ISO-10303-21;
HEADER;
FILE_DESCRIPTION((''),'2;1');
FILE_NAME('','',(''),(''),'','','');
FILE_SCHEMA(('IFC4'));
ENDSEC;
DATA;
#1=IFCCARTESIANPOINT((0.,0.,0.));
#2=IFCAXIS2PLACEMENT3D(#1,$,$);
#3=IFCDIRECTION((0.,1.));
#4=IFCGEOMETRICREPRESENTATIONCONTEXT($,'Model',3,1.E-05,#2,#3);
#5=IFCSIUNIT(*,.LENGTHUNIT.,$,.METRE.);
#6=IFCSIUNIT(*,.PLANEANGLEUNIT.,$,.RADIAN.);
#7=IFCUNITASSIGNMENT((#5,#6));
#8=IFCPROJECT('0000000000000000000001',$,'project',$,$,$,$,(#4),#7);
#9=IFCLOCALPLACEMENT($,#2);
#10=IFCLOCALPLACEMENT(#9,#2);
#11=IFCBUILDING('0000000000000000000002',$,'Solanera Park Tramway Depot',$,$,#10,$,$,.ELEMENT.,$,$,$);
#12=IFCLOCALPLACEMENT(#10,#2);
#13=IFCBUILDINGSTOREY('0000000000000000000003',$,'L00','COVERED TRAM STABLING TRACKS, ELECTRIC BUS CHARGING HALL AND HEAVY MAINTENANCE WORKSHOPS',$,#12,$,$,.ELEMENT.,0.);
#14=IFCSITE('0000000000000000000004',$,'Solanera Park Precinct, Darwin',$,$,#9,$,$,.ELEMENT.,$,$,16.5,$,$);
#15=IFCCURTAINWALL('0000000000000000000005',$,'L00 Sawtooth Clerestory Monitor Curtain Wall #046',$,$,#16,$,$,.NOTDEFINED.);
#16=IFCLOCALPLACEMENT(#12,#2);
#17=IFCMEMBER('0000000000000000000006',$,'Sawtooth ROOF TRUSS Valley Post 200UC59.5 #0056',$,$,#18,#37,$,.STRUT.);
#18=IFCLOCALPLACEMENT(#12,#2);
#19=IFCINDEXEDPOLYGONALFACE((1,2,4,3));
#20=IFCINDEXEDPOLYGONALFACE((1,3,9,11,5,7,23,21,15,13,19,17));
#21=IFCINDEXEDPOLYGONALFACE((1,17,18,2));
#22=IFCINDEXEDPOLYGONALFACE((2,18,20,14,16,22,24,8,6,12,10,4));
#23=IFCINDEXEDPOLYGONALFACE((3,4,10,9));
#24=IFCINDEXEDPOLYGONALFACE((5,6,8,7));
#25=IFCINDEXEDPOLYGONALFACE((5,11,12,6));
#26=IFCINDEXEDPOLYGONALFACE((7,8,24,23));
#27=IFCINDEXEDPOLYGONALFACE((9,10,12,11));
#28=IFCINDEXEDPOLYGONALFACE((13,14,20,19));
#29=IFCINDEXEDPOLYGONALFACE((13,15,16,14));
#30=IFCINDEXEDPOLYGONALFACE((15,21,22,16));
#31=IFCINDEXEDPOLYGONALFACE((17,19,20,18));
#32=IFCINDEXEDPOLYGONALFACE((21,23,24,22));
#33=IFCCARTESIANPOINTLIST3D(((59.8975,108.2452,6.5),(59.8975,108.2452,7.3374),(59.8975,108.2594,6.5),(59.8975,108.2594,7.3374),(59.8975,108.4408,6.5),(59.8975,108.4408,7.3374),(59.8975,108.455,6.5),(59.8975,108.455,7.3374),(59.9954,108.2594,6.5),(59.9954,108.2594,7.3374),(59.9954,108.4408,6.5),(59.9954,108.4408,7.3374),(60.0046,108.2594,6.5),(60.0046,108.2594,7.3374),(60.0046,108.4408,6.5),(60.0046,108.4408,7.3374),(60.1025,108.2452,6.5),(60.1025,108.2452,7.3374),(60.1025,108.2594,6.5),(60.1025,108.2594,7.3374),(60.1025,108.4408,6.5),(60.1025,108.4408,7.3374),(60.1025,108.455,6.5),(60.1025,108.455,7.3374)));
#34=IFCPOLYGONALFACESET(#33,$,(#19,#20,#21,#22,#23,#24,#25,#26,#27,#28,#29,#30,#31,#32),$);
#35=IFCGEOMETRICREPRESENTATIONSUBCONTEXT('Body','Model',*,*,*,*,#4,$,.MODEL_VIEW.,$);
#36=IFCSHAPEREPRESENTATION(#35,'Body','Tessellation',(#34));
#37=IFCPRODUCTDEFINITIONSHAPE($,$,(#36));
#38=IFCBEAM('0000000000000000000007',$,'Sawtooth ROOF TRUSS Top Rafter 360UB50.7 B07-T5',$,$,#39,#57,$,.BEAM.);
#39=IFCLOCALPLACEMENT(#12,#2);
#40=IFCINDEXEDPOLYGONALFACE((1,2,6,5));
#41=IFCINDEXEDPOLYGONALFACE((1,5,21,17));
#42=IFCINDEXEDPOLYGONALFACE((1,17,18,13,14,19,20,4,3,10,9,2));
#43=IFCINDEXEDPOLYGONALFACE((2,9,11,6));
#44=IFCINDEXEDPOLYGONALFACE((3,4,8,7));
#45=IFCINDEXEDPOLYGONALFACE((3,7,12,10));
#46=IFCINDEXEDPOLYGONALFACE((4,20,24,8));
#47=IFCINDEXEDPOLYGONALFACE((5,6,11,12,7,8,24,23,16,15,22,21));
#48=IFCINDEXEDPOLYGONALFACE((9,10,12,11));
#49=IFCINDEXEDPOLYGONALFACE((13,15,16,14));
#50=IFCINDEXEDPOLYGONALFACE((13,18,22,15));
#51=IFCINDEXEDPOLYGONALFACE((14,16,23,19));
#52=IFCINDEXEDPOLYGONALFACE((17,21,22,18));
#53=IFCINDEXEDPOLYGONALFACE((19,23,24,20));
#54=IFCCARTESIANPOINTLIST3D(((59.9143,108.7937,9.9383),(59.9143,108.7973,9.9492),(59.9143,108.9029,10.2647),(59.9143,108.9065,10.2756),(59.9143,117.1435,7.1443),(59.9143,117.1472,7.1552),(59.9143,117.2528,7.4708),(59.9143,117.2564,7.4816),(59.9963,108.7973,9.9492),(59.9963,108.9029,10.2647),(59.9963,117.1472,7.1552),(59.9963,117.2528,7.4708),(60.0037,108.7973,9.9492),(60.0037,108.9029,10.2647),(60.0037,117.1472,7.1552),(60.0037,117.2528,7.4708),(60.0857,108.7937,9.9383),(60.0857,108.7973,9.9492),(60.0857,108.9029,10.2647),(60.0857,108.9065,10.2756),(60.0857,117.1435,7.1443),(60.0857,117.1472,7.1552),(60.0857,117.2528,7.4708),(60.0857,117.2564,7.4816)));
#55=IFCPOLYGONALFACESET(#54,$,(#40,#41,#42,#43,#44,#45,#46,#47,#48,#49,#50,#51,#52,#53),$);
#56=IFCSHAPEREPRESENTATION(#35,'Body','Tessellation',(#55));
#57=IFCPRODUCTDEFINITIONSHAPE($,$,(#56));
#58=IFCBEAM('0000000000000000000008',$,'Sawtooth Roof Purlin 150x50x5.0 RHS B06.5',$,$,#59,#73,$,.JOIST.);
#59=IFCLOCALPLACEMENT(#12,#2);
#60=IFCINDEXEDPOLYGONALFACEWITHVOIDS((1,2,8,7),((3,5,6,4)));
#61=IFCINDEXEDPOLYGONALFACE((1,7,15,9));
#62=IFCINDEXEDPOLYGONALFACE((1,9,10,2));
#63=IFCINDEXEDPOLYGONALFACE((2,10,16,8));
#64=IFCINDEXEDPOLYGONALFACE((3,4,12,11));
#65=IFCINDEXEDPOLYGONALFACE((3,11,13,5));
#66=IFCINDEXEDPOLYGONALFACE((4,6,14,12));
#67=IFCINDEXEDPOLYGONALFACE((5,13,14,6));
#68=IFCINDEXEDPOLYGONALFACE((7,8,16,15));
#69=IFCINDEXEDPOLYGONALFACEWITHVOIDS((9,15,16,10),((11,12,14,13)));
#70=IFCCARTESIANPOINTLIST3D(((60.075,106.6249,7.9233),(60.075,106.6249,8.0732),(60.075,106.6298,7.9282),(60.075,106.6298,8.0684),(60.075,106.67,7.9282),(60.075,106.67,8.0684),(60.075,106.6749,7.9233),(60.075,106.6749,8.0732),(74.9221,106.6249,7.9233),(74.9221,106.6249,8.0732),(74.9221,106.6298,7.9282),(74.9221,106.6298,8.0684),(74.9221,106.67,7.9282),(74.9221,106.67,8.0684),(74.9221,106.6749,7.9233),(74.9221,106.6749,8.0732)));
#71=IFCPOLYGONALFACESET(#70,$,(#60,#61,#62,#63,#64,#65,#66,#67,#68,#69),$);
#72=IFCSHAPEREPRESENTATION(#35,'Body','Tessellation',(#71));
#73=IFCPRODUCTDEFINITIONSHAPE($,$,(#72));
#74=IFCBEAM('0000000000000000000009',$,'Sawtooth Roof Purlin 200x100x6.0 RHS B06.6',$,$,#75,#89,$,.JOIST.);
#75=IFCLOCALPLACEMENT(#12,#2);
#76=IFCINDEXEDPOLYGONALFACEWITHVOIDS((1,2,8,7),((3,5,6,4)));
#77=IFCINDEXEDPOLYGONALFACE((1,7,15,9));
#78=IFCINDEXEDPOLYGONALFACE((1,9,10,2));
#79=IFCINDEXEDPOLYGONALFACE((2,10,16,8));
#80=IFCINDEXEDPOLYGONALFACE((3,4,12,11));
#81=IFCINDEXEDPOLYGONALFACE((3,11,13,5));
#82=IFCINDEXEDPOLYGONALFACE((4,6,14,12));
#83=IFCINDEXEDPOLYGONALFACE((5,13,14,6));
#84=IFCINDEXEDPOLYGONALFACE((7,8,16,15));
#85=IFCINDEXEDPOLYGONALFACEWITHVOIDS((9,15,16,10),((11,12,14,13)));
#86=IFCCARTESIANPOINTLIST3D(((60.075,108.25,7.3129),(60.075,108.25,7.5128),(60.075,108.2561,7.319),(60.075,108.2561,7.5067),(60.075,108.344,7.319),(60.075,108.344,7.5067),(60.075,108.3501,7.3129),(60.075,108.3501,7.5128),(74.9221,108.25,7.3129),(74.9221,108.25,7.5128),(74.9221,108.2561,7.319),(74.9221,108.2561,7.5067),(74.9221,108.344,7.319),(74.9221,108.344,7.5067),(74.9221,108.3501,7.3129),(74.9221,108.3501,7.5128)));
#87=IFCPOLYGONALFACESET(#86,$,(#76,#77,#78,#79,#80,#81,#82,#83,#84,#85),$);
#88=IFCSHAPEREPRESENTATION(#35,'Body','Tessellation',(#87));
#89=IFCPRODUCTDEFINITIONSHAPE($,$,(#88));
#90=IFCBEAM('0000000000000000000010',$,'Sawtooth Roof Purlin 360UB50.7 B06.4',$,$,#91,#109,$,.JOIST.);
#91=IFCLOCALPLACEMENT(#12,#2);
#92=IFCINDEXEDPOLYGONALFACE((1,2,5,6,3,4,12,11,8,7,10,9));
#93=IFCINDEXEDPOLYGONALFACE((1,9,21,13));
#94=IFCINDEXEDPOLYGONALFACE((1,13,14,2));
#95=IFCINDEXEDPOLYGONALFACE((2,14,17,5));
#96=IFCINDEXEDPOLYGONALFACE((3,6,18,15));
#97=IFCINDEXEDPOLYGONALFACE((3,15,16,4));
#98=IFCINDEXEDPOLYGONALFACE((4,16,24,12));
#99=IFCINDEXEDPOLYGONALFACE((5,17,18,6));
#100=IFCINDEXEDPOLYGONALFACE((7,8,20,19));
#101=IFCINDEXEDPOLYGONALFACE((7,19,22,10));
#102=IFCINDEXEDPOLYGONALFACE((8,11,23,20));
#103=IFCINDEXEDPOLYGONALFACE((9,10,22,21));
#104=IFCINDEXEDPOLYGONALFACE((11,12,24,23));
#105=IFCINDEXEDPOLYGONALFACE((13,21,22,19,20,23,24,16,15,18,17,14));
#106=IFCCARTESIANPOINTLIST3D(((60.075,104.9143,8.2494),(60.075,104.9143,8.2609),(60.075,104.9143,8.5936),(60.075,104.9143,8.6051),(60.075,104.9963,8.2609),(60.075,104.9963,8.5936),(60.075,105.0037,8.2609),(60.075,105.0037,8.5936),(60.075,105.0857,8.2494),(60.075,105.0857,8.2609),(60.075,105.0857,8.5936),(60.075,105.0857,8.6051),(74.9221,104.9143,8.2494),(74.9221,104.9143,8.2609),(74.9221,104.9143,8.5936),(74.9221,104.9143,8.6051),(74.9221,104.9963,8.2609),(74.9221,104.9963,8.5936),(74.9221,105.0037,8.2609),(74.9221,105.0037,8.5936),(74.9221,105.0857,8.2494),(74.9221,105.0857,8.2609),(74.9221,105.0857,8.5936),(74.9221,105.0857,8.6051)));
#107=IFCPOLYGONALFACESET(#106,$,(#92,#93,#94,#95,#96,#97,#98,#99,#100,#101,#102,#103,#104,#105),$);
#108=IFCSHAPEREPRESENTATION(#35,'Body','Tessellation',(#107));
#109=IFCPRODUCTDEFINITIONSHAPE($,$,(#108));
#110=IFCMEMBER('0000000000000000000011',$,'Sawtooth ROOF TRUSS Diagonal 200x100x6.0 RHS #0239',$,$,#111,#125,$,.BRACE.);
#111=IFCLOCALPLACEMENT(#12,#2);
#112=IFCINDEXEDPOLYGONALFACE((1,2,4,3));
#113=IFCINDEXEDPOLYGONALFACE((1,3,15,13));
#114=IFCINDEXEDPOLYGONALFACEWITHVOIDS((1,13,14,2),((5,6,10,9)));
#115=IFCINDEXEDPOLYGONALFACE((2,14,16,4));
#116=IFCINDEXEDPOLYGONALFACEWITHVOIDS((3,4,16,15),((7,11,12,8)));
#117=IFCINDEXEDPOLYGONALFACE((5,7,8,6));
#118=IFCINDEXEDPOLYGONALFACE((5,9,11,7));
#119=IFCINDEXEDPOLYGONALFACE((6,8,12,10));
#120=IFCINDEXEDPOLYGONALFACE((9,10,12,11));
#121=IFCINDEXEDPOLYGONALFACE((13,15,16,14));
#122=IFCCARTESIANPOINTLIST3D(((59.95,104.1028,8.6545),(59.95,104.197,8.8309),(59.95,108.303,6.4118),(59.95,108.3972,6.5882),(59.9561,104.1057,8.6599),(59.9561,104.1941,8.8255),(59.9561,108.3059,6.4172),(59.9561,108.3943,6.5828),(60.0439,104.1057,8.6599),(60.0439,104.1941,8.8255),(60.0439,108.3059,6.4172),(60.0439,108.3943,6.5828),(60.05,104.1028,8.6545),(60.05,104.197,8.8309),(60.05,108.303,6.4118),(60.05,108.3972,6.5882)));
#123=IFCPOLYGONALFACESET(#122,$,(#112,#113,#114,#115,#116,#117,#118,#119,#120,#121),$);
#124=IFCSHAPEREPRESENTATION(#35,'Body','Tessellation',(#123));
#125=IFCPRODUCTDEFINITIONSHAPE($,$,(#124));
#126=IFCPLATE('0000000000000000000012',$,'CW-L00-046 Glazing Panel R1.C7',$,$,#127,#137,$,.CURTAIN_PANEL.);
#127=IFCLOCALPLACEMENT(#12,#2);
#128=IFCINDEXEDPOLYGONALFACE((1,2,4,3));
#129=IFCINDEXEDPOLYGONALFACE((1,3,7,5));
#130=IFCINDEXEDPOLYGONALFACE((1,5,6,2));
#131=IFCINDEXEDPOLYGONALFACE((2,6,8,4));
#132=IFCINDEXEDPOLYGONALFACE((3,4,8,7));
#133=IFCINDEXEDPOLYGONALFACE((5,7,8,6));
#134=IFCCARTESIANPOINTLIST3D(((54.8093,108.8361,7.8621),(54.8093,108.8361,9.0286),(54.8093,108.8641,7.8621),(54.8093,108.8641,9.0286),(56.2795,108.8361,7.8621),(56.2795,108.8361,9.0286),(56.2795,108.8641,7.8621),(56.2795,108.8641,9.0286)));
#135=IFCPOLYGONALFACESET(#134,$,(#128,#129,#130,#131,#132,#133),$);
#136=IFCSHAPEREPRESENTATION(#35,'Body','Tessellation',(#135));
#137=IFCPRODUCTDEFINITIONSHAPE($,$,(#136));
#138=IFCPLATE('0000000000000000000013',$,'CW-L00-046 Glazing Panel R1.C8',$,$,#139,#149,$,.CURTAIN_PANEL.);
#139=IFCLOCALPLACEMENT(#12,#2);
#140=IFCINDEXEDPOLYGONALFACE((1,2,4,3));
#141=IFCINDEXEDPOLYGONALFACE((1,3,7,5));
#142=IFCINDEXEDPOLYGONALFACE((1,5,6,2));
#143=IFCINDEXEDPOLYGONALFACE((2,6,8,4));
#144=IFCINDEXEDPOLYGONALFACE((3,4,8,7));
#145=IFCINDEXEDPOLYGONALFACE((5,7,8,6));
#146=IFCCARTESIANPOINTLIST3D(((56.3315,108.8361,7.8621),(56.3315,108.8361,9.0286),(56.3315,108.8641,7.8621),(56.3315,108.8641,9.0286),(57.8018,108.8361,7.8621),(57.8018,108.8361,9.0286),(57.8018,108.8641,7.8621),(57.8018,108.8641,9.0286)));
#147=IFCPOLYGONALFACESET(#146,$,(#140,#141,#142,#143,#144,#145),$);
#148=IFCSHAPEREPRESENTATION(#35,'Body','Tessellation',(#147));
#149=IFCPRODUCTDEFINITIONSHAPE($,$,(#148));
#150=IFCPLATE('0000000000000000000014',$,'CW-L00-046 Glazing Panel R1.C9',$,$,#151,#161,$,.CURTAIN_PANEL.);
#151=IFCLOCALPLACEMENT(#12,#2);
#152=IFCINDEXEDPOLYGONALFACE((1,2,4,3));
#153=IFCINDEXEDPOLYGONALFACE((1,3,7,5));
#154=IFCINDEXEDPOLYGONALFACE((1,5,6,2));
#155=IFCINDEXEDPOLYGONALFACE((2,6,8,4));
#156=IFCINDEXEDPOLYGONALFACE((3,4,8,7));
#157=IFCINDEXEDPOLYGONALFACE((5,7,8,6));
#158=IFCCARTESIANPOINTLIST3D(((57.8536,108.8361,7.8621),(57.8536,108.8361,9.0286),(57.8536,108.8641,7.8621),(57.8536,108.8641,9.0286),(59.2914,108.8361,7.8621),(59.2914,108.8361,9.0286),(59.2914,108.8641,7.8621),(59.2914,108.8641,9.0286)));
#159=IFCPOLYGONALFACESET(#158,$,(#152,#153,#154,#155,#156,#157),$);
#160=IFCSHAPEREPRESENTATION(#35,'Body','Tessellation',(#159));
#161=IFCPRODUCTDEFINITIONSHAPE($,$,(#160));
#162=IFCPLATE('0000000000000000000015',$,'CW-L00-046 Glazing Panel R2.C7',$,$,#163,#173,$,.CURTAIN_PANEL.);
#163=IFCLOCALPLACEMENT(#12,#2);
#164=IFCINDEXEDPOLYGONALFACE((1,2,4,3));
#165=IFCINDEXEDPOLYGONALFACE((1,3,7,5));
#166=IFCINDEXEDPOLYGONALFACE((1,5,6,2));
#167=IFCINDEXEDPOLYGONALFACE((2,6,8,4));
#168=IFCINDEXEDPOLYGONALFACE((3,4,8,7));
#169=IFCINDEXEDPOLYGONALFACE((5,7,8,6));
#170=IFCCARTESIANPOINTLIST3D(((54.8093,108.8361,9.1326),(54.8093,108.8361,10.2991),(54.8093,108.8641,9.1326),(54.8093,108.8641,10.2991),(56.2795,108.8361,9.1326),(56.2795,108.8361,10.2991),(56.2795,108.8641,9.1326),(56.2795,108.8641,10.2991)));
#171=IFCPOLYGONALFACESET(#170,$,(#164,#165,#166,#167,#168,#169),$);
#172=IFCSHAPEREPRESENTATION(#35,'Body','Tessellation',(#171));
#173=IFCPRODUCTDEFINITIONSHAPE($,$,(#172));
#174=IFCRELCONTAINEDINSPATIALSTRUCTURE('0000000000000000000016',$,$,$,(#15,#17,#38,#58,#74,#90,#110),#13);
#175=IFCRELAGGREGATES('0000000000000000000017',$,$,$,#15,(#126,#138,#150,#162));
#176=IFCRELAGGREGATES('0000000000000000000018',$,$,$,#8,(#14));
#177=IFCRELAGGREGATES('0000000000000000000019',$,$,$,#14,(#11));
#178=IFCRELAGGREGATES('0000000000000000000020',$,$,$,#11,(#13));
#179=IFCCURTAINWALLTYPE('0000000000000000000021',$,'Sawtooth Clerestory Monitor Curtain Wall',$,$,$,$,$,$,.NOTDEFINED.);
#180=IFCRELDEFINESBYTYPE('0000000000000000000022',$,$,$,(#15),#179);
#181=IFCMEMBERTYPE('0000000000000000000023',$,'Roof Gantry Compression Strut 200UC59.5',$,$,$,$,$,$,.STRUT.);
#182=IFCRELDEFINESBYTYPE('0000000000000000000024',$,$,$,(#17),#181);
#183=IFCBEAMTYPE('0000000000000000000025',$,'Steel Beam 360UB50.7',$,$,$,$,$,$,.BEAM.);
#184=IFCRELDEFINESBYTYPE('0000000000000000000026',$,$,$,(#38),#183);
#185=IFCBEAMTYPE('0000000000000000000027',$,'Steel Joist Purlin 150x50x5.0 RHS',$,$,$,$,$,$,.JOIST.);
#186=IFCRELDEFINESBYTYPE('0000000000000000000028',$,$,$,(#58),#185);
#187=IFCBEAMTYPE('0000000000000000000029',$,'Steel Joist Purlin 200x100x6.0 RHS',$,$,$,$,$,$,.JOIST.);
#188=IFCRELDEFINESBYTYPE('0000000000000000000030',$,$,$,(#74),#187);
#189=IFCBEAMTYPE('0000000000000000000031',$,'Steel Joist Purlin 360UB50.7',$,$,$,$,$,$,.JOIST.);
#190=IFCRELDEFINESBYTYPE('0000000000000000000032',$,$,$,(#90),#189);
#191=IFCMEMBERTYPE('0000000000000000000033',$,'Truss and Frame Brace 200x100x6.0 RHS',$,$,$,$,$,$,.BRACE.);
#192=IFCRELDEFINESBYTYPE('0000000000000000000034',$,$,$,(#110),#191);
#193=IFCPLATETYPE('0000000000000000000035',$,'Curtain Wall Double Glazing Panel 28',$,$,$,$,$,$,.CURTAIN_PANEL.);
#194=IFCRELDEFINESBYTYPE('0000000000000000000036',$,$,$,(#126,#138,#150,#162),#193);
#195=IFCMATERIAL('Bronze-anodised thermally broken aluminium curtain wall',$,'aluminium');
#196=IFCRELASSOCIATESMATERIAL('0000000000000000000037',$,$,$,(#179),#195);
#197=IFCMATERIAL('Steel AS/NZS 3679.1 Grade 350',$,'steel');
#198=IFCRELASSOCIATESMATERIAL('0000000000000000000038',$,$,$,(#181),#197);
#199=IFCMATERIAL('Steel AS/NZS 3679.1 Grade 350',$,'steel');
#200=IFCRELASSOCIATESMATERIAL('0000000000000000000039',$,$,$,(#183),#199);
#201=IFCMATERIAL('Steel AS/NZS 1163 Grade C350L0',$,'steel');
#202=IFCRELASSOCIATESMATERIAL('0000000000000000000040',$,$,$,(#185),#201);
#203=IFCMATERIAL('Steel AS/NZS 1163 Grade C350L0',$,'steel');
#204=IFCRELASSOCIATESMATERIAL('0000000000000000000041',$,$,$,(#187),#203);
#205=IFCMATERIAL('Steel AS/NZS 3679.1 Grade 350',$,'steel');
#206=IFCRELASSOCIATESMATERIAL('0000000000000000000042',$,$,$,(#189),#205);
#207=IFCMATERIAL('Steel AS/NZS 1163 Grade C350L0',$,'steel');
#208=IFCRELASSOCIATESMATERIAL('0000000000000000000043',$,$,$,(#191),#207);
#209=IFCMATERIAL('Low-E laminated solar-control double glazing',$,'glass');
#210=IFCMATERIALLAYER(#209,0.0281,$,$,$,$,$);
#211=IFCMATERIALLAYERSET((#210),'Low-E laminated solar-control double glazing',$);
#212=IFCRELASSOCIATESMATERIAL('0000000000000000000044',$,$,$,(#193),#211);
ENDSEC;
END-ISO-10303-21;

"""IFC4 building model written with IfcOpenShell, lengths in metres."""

from ifc_helpers import new_model, si_unit, direction, frame, origin, origin_2d, place, context, subcontext, project, spatial, rectangle, hollow_rectangle, i_section, extrude, material, layer, layer_set, material_profile, profile_set, type_object, element, aggregate, save


model = new_model("IFC4")

# Units and contexts
model_context = context("Model", 3, precision=1e-05, world=origin(), true_north=direction((0.0, 1.0)))
body_context = subcontext(model_context, "Body", "Model", "MODEL_VIEW")
ifc_project = project(units=[si_unit("LENGTHUNIT", "METRE"), si_unit("PLANEANGLEUNIT", "RADIAN")], contexts=[model_context])

# Site, building, storey
site_placement = place(None, origin())
site = spatial("IfcSite", under=ifc_project, at=site_placement, Name="Solanera Park Precinct, Darwin", CompositionType="ELEMENT", RefElevation=16.5)
building_placement = place(site_placement, origin())
building = spatial("IfcBuilding", under=site, at=building_placement, Name="Solanera Park Tramway Depot", CompositionType="ELEMENT")
storey_placement = place(building_placement, origin())
storey = spatial("IfcBuildingStorey", under=building, at=storey_placement, Name="L00", Description="COVERED TRAM STABLING TRACKS, ELECTRIC BUS CHARGING HALL AND HEAVY MAINTENANCE WORKSHOPS", CompositionType="ELEMENT", Elevation=0.0)

# Curtain wall
ifc_material_1 = material(Name="Bronze-anodised thermally broken aluminium curtain wall", Category="aluminium")
curtain_wall_type = type_object("IfcCurtainWallType", Name="Sawtooth Clerestory Monitor Curtain Wall", PredefinedType="NOTDEFINED", material=ifc_material_1)
curtain_wall_1_placement = place(storey_placement, origin())
curtain_wall_1 = element("IfcCurtainWall", 1, at=curtain_wall_1_placement, inside=storey, type_object=curtain_wall_type, Name="L00 Sawtooth Clerestory Monitor Curtain Wall #046", PredefinedType="NOTDEFINED")

# Member
ifc_material_2 = material(Name="Steel AS/NZS 3679.1 Grade 350", Category="steel")
ifc_material_profile_1 = material_profile(ifc_material_2, i_section(OverallWidth=0.2051, OverallDepth=0.2097, WebThickness=0.0093, FlangeThickness=0.0142, at=origin_2d()), Name="200UC59.5")
ifc_profile_set_1 = profile_set([ifc_material_profile_1], Name="Steel AS/NZS 3679.1 Grade 350")
member_type_1 = type_object("IfcMemberType", Name="Roof Gantry Compression Strut 200UC59.5", PredefinedType="STRUT", material=ifc_profile_set_1)
member_1_placement = place(storey_placement, frame((60.0, 108.3501, 6.5), z_axis=(0.0, 0.0, 1.0), x_axis=(1.0, 0.0, 0.0)))
element("IfcMember", 2, at=member_1_placement, inside=storey, type_object=member_type_1, Name="Sawtooth ROOF TRUSS Valley Post 200UC59.5 #0056", PredefinedType="STRUT", context=body_context, shape_type="SweptSolid", body=[
    extrude(i_section(OverallWidth=0.2051, OverallDepth=0.2097, WebThickness=0.0093, FlangeThickness=0.0142, at=origin_2d()), origin(), (0.0, 0.0, 1.0), 0.8374),
])

# Beams
ifc_material_3 = material(Name="Steel AS/NZS 3679.1 Grade 350", Category="steel")
ifc_material_profile_2 = material_profile(ifc_material_3, i_section(OverallWidth=0.1714, OverallDepth=0.3557, WebThickness=0.0073, FlangeThickness=0.0115, at=origin_2d()), Name="360UB50.7")
ifc_profile_set_2 = profile_set([ifc_material_profile_2], Name="Steel AS/NZS 3679.1 Grade 350")
beam_type_1 = type_object("IfcBeamType", Name="Steel Beam 360UB50.7", PredefinedType="BEAM", material=ifc_profile_set_2)
beam_1_placement = place(storey_placement, frame((60.0, 108.8501, 10.1069), z_axis=(0.0, 0.948319, -0.317317), x_axis=(-1.0, 0.0, 0.0)))
element("IfcBeam", 3, at=beam_1_placement, inside=storey, type_object=beam_type_1, Name="Sawtooth ROOF TRUSS Top Rafter 360UB50.7 B07-T5", PredefinedType="BEAM", context=body_context, shape_type="SweptSolid", body=[
    extrude(i_section(OverallWidth=0.1714, OverallDepth=0.3557, WebThickness=0.0073, FlangeThickness=0.0115, at=origin_2d()), origin(), (0.0, 0.0, 1.0), 8.8049),
])
ifc_material_4 = material(Name="Steel AS/NZS 1163 Grade C350L0", Category="steel")
ifc_material_profile_3 = material_profile(ifc_material_4, hollow_rectangle(XDim=0.05, YDim=0.1499, WallThickness=0.0049, at=origin_2d()), Name="150x50x5.0 RHS")
ifc_profile_set_3 = profile_set([ifc_material_profile_3], Name="Steel AS/NZS 1163 Grade C350L0")
beam_type_2 = type_object("IfcBeamType", Name="Steel Joist Purlin 150x50x5.0 RHS", PredefinedType="JOIST", material=ifc_profile_set_3)
beam_2_placement = place(storey_placement, frame((60.075, 106.6499, 7.9983), z_axis=(1.0, 0.0, 0.0), x_axis=(0.0, 1.0, 0.0)))
element("IfcBeam", 4, at=beam_2_placement, inside=storey, type_object=beam_type_2, Name="Sawtooth Roof Purlin 150x50x5.0 RHS B06.5", PredefinedType="JOIST", context=body_context, shape_type="SweptSolid", body=[
    extrude(hollow_rectangle(XDim=0.05, YDim=0.1499, WallThickness=0.0049, at=origin_2d()), origin(), (0.0, 0.0, 1.0), 14.8472),
])
ifc_material_5 = material(Name="Steel AS/NZS 1163 Grade C350L0", Category="steel")
ifc_material_profile_4 = material_profile(ifc_material_5, hollow_rectangle(XDim=0.1001, YDim=0.2, WallThickness=0.0061, at=origin_2d()), Name="200x100x6.0 RHS")
ifc_profile_set_4 = profile_set([ifc_material_profile_4], Name="Steel AS/NZS 1163 Grade C350L0")
beam_type_3 = type_object("IfcBeamType", Name="Steel Joist Purlin 200x100x6.0 RHS", PredefinedType="JOIST", material=ifc_profile_set_4)
beam_3_placement = place(storey_placement, frame((60.075, 108.3, 7.4128), z_axis=(1.0, 0.0, 0.0), x_axis=(0.0, 1.0, 0.0)))
element("IfcBeam", 5, at=beam_3_placement, inside=storey, type_object=beam_type_3, Name="Sawtooth Roof Purlin 200x100x6.0 RHS B06.6", PredefinedType="JOIST", context=body_context, shape_type="SweptSolid", body=[
    extrude(hollow_rectangle(XDim=0.1001, YDim=0.2, WallThickness=0.0061, at=origin_2d()), origin(), (0.0, 0.0, 1.0), 14.8472),
])
ifc_material_6 = material(Name="Steel AS/NZS 3679.1 Grade 350", Category="steel")
ifc_material_profile_5 = material_profile(ifc_material_6, i_section(OverallWidth=0.1714, OverallDepth=0.3557, WebThickness=0.0073, FlangeThickness=0.0115, at=origin_2d()), Name="360UB50.7")
ifc_profile_set_5 = profile_set([ifc_material_profile_5], Name="Steel AS/NZS 3679.1 Grade 350")
beam_type_4 = type_object("IfcBeamType", Name="Steel Joist Purlin 360UB50.7", PredefinedType="JOIST", material=ifc_profile_set_5)
beam_4_placement = place(storey_placement, frame((60.075, 105.0, 8.4272), z_axis=(1.0, 0.0, 0.0), x_axis=(0.0, 1.0, 0.0)))
element("IfcBeam", 6, at=beam_4_placement, inside=storey, type_object=beam_type_4, Name="Sawtooth Roof Purlin 360UB50.7 B06.4", PredefinedType="JOIST", context=body_context, shape_type="SweptSolid", body=[
    extrude(i_section(OverallWidth=0.1714, OverallDepth=0.3557, WebThickness=0.0073, FlangeThickness=0.0115, at=origin_2d()), origin(), (0.0, 0.0, 1.0), 14.8472),
])

# Member
ifc_material_7 = material(Name="Steel AS/NZS 1163 Grade C350L0", Category="steel")
ifc_material_profile_6 = material_profile(ifc_material_7, hollow_rectangle(XDim=0.1001, YDim=0.2, WallThickness=0.0061, at=origin_2d()), Name="200x100x6.0 RHS")
ifc_profile_set_6 = profile_set([ifc_material_profile_6], Name="Steel AS/NZS 1163 Grade C350L0")
member_type_2 = type_object("IfcMemberType", Name="Truss and Frame Brace 200x100x6.0 RHS", PredefinedType="BRACE", material=ifc_profile_set_6)
member_2_placement = place(storey_placement, frame((60.0, 108.3501, 6.5), z_axis=(0.0, -0.882129, 0.471009), x_axis=(1.0, 0.0, 0.0)))
element("IfcMember", 7, at=member_2_placement, inside=storey, type_object=member_type_2, Name="Sawtooth ROOF TRUSS Diagonal 200x100x6.0 RHS #0239", PredefinedType="BRACE", context=body_context, shape_type="SweptSolid", body=[
    extrude(hollow_rectangle(XDim=0.1001, YDim=0.2, WallThickness=0.0061, at=origin_2d()), origin(), (0.0, 0.0, 1.0), 4.7615),
])

# Plates
ifc_material_8 = material(Name="Low-E laminated solar-control double glazing", Category="glass")
ifc_layer_1 = layer(ifc_material_8, 0.0281)
ifc_layer_set_1 = layer_set([ifc_layer_1], Name="Low-E laminated solar-control double glazing")
plate_type_1 = type_object("IfcPlateType", Name="Curtain Wall Double Glazing Panel 28", PredefinedType="CURTAIN_PANEL", material=ifc_layer_set_1)
plate_1_placement = place(storey_placement, frame((55.5444, 108.8501, 7.8621), z_axis=(0.0, 0.0, 1.0), x_axis=(1.0, 0.0, 0.0)))
plate_1 = element("IfcPlate", 8, at=plate_1_placement, type_object=plate_type_1, Name="CW-L00-046 Glazing Panel R1.C7", PredefinedType="CURTAIN_PANEL", context=body_context, shape_type="SweptSolid", body=[
    extrude(rectangle(XDim=1.4702, YDim=0.0281, at=origin_2d()), origin(), (0.0, 0.0, 1.0), 1.1665),
])
plate_2_placement = place(storey_placement, frame((57.0667, 108.8501, 7.8621), z_axis=(0.0, 0.0, 1.0), x_axis=(1.0, 0.0, 0.0)))
plate_2 = element("IfcPlate", 9, at=plate_2_placement, type_object=plate_type_1, Name="CW-L00-046 Glazing Panel R1.C8", PredefinedType="CURTAIN_PANEL", context=body_context, shape_type="SweptSolid", body=[
    extrude(rectangle(XDim=1.4702, YDim=0.0281, at=origin_2d()), origin(), (0.0, 0.0, 1.0), 1.1665),
])
plate_3_placement = place(storey_placement, frame((58.5725, 108.8501, 7.8621), z_axis=(0.0, 0.0, 1.0), x_axis=(1.0, 0.0, 0.0)))
plate_3 = element("IfcPlate", 10, at=plate_3_placement, type_object=plate_type_1, Name="CW-L00-046 Glazing Panel R1.C9", PredefinedType="CURTAIN_PANEL", context=body_context, shape_type="SweptSolid", body=[
    extrude(rectangle(XDim=1.4377, YDim=0.0281, at=origin_2d()), origin(), (0.0, 0.0, 1.0), 1.1665),
])
plate_4_placement = place(storey_placement, frame((55.5444, 108.8501, 9.1326), z_axis=(0.0, 0.0, 1.0), x_axis=(1.0, 0.0, 0.0)))
plate_4 = element("IfcPlate", 11, at=plate_4_placement, type_object=plate_type_1, Name="CW-L00-046 Glazing Panel R2.C7", PredefinedType="CURTAIN_PANEL", context=body_context, shape_type="SweptSolid", body=[
    extrude(rectangle(XDim=1.4702, YDim=0.0281, at=origin_2d()), origin(), (0.0, 0.0, 1.0), 1.1665),
])
aggregate(curtain_wall_1, [plate_1, plate_2, plate_3, plate_4])

save(model, "model.ifc")
